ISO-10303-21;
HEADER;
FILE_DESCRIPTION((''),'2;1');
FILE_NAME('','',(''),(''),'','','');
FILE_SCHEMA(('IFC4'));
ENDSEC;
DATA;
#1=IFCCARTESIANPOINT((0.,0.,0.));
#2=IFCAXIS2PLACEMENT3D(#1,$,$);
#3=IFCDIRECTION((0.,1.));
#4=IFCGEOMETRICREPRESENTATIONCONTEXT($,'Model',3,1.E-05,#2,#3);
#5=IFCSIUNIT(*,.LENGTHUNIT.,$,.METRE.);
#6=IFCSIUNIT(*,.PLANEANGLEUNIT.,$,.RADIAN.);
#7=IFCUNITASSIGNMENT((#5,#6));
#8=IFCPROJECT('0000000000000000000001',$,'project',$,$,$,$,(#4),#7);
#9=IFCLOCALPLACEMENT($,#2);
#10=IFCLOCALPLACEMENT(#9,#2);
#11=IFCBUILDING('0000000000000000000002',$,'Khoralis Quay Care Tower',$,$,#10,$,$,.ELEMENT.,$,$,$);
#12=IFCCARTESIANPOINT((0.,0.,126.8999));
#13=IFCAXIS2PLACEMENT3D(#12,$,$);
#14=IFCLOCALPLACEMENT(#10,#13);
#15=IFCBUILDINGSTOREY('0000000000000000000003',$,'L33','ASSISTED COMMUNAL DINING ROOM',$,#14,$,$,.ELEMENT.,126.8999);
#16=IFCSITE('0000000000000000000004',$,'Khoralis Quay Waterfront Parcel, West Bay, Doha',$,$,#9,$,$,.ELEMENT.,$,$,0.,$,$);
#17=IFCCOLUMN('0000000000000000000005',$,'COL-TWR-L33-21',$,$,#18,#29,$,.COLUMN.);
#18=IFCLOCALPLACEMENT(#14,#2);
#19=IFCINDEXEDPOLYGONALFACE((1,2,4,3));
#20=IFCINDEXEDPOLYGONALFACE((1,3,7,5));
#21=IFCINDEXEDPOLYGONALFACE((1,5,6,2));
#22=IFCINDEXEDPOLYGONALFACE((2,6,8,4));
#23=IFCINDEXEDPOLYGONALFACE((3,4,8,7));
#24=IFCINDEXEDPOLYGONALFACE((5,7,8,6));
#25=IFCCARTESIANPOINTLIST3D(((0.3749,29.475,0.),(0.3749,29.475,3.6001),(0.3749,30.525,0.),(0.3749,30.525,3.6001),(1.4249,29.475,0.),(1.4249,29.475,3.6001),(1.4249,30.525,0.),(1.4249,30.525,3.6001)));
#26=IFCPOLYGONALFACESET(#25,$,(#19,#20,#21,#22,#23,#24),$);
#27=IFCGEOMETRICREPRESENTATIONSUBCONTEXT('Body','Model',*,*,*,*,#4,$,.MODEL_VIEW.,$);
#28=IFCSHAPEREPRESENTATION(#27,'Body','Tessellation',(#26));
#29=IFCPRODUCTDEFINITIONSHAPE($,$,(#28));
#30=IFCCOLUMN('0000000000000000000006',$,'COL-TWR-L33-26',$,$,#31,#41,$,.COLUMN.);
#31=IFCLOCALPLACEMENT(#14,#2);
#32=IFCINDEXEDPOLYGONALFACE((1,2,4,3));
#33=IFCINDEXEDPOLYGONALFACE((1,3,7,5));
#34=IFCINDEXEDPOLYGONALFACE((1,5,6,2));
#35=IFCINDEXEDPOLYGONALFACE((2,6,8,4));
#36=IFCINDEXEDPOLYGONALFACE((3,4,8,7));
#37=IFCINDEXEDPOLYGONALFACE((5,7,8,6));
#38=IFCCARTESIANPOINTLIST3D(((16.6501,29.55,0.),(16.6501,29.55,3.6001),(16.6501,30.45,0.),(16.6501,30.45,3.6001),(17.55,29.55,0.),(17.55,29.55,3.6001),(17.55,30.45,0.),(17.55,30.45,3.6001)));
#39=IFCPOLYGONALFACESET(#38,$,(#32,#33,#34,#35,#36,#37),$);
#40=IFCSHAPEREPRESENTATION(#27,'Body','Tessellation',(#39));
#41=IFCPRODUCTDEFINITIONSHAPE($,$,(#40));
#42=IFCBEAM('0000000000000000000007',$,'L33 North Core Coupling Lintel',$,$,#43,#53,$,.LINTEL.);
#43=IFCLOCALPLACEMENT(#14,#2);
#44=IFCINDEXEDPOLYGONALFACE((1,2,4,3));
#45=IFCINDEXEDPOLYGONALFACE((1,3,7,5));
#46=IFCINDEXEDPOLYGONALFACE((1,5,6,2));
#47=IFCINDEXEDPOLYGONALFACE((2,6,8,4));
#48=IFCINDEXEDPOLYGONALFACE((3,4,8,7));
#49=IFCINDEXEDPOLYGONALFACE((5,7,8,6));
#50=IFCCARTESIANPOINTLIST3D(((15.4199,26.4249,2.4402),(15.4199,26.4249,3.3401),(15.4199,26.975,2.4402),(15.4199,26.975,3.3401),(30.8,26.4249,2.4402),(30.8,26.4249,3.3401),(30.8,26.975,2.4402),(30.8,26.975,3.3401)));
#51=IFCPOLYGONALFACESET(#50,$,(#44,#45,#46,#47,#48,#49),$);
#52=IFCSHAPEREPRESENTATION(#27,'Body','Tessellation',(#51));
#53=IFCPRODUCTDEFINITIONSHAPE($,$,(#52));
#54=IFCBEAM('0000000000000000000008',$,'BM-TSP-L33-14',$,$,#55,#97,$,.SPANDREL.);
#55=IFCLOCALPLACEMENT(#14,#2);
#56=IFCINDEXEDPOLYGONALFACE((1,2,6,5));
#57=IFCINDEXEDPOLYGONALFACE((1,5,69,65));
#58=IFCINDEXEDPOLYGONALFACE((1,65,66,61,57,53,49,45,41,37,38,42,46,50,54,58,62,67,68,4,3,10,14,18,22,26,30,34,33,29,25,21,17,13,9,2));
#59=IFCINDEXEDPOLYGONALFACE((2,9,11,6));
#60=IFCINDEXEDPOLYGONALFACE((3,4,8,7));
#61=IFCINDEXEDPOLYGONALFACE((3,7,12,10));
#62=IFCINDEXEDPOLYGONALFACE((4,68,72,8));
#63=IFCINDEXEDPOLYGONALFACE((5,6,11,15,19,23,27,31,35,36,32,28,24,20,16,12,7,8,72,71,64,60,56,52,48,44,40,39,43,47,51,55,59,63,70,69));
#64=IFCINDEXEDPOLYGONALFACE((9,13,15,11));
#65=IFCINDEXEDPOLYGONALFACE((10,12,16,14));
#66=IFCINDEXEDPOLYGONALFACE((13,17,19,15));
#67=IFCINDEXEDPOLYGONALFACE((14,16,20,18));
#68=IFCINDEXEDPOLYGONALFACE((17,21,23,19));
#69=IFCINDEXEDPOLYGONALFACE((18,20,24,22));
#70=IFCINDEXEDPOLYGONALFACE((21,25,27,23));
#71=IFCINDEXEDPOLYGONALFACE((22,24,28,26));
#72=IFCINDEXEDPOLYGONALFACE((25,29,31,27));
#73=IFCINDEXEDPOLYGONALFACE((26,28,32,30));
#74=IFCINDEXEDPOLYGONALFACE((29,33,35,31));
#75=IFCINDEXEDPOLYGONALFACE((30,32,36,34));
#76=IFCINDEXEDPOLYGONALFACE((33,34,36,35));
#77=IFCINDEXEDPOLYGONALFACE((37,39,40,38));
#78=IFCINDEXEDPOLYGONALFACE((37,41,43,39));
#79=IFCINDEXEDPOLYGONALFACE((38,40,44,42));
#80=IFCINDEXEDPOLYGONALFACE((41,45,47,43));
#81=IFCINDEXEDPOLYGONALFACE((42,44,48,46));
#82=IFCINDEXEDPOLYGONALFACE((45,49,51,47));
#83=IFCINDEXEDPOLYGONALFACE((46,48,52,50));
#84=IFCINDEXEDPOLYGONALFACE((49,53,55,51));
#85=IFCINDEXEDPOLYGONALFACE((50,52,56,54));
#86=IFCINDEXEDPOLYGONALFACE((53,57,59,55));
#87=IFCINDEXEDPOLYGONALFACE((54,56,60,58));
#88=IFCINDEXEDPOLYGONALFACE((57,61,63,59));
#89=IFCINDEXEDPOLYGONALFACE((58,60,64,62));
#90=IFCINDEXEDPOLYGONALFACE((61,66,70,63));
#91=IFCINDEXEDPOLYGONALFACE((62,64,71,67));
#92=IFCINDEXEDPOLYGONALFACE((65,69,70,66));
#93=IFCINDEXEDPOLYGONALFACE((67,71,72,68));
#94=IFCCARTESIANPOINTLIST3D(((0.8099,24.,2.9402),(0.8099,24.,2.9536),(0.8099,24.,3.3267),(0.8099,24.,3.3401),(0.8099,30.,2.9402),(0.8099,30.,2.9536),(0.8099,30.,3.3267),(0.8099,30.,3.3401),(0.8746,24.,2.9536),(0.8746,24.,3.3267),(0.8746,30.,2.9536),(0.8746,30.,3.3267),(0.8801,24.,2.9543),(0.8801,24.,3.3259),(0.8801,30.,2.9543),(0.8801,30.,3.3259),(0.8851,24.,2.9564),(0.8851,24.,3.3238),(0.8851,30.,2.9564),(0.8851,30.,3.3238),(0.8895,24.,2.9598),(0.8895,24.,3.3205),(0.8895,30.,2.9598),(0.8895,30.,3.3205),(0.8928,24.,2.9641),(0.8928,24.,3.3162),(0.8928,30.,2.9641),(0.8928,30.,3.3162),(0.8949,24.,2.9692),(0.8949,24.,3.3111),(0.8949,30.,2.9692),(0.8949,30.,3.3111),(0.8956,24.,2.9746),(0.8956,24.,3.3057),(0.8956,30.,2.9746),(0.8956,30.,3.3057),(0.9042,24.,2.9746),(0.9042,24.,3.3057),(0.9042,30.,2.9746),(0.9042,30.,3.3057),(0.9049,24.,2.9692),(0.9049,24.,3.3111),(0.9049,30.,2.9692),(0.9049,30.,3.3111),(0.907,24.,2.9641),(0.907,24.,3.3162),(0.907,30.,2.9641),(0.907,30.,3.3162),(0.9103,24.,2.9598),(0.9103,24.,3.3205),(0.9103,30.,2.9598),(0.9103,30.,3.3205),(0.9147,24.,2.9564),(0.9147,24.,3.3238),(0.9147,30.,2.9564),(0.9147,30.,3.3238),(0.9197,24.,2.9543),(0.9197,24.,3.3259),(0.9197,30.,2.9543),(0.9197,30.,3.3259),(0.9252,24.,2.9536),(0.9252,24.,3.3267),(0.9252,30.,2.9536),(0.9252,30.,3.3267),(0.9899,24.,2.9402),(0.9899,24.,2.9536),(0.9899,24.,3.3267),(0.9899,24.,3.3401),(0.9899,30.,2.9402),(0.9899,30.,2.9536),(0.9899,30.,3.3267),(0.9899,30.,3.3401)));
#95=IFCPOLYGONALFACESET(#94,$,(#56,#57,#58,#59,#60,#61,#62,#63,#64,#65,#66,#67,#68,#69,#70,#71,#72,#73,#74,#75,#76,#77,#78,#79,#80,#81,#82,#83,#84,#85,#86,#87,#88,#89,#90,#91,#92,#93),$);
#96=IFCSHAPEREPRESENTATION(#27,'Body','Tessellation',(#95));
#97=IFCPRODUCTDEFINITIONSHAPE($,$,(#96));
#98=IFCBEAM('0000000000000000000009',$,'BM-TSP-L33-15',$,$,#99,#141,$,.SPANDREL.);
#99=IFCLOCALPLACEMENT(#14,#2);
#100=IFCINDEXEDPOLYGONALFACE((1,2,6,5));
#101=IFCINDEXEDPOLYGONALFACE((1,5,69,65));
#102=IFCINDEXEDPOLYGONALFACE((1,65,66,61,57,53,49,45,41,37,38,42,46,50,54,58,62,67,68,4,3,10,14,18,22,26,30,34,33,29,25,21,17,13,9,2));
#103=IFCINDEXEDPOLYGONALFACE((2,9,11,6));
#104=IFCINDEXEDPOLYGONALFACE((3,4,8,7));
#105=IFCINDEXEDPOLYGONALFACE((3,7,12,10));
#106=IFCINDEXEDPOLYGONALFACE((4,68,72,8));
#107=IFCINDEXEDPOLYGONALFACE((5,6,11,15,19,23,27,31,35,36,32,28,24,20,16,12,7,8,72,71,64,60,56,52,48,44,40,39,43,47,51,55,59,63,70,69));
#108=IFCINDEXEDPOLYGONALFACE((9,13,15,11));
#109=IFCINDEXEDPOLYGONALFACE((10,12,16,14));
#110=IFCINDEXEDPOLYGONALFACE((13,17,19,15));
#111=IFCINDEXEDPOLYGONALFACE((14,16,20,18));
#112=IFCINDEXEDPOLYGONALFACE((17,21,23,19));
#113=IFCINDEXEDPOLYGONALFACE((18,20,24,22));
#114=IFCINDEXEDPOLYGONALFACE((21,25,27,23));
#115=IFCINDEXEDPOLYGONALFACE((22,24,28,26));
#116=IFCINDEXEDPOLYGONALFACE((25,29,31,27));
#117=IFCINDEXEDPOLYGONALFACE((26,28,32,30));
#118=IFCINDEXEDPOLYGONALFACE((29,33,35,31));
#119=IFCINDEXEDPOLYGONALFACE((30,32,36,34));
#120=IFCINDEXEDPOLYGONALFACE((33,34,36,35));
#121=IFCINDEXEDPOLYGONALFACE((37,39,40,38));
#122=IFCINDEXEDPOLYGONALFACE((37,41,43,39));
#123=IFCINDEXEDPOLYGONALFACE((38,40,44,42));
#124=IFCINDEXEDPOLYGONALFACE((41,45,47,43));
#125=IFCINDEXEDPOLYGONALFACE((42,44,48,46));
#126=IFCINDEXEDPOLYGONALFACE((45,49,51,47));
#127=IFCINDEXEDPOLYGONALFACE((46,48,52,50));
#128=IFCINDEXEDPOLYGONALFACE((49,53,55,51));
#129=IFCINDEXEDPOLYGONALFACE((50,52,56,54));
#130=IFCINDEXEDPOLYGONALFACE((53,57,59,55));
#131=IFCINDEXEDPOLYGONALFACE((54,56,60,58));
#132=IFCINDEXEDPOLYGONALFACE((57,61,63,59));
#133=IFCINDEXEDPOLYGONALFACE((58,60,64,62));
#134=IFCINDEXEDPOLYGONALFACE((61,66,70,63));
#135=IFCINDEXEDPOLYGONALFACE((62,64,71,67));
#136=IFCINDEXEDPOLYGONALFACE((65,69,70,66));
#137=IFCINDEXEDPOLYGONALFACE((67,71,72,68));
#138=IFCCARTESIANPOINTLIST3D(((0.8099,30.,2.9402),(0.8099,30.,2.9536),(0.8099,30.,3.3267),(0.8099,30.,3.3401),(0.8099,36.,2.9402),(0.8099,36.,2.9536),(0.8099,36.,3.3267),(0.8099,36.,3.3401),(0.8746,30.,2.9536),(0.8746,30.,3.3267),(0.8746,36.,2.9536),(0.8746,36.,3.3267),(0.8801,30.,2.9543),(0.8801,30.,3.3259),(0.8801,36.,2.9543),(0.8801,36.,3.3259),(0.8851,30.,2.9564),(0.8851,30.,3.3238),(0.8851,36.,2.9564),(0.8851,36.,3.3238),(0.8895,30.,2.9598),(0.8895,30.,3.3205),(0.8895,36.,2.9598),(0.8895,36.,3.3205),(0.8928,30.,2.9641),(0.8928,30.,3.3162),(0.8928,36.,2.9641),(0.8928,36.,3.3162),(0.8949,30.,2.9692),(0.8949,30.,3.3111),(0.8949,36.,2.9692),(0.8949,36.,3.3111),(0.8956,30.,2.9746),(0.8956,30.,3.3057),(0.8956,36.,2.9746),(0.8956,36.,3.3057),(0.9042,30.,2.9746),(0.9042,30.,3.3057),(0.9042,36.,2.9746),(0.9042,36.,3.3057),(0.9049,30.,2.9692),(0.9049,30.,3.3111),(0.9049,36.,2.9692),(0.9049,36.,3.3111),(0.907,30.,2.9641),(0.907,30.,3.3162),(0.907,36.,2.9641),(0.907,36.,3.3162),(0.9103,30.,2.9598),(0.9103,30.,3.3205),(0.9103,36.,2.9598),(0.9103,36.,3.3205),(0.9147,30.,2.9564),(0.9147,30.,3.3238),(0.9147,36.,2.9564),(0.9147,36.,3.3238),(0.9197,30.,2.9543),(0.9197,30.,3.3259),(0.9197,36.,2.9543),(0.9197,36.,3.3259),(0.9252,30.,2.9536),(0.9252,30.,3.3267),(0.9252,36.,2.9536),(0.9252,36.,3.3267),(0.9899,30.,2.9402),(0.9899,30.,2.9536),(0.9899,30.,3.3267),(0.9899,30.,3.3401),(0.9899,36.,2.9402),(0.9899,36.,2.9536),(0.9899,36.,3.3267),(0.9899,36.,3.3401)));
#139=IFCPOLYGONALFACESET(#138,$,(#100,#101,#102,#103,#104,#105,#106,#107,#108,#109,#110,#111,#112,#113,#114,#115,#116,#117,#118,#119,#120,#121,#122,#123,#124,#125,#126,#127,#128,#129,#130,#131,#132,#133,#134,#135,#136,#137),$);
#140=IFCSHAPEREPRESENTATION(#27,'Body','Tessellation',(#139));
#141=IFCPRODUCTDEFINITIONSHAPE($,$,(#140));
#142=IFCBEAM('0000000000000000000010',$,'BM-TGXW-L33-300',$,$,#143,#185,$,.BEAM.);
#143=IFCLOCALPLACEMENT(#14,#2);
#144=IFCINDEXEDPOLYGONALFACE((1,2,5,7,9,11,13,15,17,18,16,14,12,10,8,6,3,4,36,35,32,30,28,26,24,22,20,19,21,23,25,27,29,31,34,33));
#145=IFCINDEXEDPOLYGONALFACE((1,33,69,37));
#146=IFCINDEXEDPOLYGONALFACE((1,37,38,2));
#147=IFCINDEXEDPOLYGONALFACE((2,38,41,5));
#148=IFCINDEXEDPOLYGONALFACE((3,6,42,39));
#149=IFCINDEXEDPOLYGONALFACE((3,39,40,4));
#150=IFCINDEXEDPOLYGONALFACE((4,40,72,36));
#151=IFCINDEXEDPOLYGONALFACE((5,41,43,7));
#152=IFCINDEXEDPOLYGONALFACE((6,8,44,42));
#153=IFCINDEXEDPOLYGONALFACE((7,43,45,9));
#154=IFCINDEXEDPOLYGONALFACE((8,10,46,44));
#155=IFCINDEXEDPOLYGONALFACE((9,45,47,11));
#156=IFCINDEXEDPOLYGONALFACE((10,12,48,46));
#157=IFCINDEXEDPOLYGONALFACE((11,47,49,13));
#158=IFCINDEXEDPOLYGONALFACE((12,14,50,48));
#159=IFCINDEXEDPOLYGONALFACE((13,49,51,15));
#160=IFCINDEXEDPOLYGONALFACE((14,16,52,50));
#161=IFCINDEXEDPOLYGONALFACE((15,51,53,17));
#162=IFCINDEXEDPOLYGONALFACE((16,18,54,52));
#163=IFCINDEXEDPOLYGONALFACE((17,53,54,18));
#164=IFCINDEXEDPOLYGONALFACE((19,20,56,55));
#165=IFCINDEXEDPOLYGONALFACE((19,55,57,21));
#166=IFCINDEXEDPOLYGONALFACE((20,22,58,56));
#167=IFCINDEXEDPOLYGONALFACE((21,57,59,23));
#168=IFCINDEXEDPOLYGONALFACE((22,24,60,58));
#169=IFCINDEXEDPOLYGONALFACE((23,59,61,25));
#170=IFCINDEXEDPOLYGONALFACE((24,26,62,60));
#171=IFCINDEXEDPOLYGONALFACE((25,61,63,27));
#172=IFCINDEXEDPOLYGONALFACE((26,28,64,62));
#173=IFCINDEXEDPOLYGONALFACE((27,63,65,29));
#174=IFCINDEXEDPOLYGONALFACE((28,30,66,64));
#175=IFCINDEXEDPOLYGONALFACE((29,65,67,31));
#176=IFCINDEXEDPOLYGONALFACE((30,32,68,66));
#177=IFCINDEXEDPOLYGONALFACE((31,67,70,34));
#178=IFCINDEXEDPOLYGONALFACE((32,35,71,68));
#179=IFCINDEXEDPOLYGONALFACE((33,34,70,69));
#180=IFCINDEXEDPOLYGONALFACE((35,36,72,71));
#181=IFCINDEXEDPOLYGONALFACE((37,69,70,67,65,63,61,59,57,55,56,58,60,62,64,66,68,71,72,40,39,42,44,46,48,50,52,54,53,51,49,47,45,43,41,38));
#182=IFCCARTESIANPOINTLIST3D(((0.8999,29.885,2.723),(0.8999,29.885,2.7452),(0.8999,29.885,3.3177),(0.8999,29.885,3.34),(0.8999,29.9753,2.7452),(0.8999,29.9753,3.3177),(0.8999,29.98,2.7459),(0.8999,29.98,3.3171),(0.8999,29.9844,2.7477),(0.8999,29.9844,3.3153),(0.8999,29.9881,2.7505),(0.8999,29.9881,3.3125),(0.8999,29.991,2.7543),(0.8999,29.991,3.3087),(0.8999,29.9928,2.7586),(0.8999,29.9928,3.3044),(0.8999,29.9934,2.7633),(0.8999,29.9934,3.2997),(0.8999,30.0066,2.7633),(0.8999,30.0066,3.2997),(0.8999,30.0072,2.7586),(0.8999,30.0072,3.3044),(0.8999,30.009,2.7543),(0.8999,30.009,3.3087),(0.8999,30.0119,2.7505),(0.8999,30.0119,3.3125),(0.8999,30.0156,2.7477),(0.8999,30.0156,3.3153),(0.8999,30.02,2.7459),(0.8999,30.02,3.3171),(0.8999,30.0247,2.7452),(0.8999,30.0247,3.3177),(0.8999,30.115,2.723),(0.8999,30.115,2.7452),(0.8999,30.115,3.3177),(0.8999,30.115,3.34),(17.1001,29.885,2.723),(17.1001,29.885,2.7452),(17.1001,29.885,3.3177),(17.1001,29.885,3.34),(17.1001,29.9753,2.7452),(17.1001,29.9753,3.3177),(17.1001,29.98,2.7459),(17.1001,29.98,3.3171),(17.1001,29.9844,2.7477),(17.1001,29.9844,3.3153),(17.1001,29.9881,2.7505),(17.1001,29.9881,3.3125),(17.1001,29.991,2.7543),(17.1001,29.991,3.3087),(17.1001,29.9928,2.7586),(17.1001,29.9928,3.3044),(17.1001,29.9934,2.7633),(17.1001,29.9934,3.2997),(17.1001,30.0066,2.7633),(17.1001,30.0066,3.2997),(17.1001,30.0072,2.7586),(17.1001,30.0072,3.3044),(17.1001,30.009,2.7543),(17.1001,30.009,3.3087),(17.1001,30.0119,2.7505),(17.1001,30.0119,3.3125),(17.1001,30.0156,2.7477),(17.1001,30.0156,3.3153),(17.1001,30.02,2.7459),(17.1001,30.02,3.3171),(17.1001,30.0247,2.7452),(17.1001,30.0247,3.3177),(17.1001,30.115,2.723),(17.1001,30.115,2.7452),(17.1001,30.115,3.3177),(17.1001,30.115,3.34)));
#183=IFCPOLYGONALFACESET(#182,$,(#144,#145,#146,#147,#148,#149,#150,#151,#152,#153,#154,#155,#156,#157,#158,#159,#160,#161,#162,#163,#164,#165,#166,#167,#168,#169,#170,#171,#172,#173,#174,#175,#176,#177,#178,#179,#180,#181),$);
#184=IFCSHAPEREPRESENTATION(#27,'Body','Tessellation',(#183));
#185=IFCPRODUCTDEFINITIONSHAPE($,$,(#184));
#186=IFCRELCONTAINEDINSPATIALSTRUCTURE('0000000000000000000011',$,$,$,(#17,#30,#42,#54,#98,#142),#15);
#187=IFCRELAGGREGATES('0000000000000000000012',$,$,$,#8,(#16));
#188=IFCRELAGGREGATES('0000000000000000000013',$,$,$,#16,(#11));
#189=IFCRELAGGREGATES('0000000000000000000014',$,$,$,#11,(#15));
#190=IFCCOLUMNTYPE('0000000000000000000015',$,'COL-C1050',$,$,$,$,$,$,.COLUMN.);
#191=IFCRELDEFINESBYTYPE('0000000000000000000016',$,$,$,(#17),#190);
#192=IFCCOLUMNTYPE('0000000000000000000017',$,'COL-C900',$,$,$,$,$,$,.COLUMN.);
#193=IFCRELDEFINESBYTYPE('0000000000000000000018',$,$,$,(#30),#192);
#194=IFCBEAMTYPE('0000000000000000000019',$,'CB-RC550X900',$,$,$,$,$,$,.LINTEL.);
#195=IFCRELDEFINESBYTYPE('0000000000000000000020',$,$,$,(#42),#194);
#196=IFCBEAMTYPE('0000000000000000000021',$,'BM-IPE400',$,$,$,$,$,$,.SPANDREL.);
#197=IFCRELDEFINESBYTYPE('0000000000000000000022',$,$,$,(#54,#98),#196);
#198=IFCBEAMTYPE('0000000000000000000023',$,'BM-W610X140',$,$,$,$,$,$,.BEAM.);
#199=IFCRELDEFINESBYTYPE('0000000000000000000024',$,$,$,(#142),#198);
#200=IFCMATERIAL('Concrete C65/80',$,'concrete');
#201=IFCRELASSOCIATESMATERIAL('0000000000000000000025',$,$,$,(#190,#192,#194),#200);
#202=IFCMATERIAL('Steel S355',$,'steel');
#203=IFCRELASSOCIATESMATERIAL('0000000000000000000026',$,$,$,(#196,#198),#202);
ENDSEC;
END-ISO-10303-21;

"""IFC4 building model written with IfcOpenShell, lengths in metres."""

from ifc_helpers import new_model, si_unit, direction, frame, origin, origin_2d, place, context, subcontext, project, spatial, rectangle, i_section, extrude, source, transform, mapped, material, material_profile, profile_set, type_object, element, save


model = new_model("IFC4")

# Units and contexts
model_context = context("Model", 3, precision=1e-05, world=origin(), true_north=direction((0.0, 1.0)))
body_context = subcontext(model_context, "Body", "Model", "MODEL_VIEW")
ifc_project = project(units=[si_unit("LENGTHUNIT", "METRE"), si_unit("PLANEANGLEUNIT", "RADIAN")], contexts=[model_context])

# Site, building, storey
site_placement = place(None, origin())
site = spatial("IfcSite", under=ifc_project, at=site_placement, Name="Khoralis Quay Waterfront Parcel, West Bay, Doha", CompositionType="ELEMENT", RefElevation=0.0)
building_placement = place(site_placement, origin())
building = spatial("IfcBuilding", under=site, at=building_placement, Name="Khoralis Quay Care Tower", CompositionType="ELEMENT")
storey_placement = place(building_placement, frame((0.0, 0.0, 126.8999)))
storey = spatial("IfcBuildingStorey", under=building, at=storey_placement, Name="L33", Description="ASSISTED COMMUNAL DINING ROOM", CompositionType="ELEMENT", Elevation=126.8999)

# Columns
ifc_material_1 = material(Name="Concrete C65/80", Category="concrete")
ifc_material_profile_1 = material_profile(ifc_material_1, rectangle(XDim=1.05, YDim=1.05, at=origin_2d()), Name="Concrete C65/80")
ifc_profile_set_1 = profile_set([ifc_material_profile_1], Name="Concrete C65/80")
column_type_1 = type_object("IfcColumnType", Name="COL-C1050", PredefinedType="COLUMN", material=ifc_profile_set_1)
shared_shape_1 = source(origin(), body_context, "Body", "SweptSolid", [
    extrude(rectangle(XDim=1.05, YDim=1.05, at=origin_2d()), origin(), (0.0, 0.0, 1.0), 3.6001),
])
column_1_placement = place(storey_placement, frame((0.8999, 30.0, 0.0), z_axis=(0.0, 0.0, 1.0), x_axis=(1.0, 0.0, 0.0)))
element("IfcColumn", 1, at=column_1_placement, inside=storey, type_object=column_type_1, Name="COL-TWR-L33-21", PredefinedType="COLUMN", context=body_context, shape_type="MappedRepresentation", body=[
    mapped(shared_shape_1, transform((0.0, 0.0, 0.0), scale=1.0)),
])
ifc_material_profile_2 = material_profile(ifc_material_1, rectangle(XDim=0.8999, YDim=0.8999, at=origin_2d()), Name="Concrete C65/80")
ifc_profile_set_2 = profile_set([ifc_material_profile_2], Name="Concrete C65/80")
column_type_2 = type_object("IfcColumnType", Name="COL-C900", PredefinedType="COLUMN", material=ifc_profile_set_2)
shared_shape_2 = source(origin(), body_context, "Body", "SweptSolid", [
    extrude(rectangle(XDim=0.8999, YDim=0.8999, at=origin_2d()), origin(), (0.0, 0.0, 1.0), 3.6001),
])
column_2_placement = place(storey_placement, frame((17.1001, 30.0, 0.0), z_axis=(0.0, 0.0, 1.0), x_axis=(1.0, 0.0, 0.0)))
element("IfcColumn", 2, at=column_2_placement, inside=storey, type_object=column_type_2, Name="COL-TWR-L33-26", PredefinedType="COLUMN", context=body_context, shape_type="MappedRepresentation", body=[
    mapped(shared_shape_2, transform((0.0, 0.0, 0.0), scale=1.0)),
])

# Beams
ifc_material_profile_3 = material_profile(ifc_material_1, rectangle(XDim=0.55, YDim=0.8999, at=origin_2d()), Name="Concrete C65/80")
ifc_profile_set_3 = profile_set([ifc_material_profile_3], Name="Concrete C65/80")
beam_type_1 = type_object("IfcBeamType", Name="CB-RC550X900", PredefinedType="LINTEL", material=ifc_profile_set_3)
shared_shape_3 = source(origin(), body_context, "Body", "SweptSolid", [
    extrude(rectangle(XDim=0.55, YDim=0.8999, at=origin_2d()), origin(), (0.0, 0.0, 1.0), 15.3801),
])
beam_1_placement = place(storey_placement, frame((15.4199, 26.7, 2.8901), z_axis=(1.0, 0.0, 0.0), x_axis=(0.0, 1.0, 0.0)))
element("IfcBeam", 3, at=beam_1_placement, inside=storey, type_object=beam_type_1, Name="L33 North Core Coupling Lintel", PredefinedType="LINTEL", context=body_context, shape_type="MappedRepresentation", body=[
    mapped(shared_shape_3, transform((0.0, 0.0, 0.0), scale=1.0)),
])
ifc_material_2 = material(Name="Steel S355", Category="steel")
ifc_material_profile_4 = material_profile(ifc_material_2, i_section(OverallWidth=0.1799, OverallDepth=0.3999, WebThickness=0.0085, FlangeThickness=0.0134, FilletRadius=0.021, at=origin_2d()), Name="Steel S355")
ifc_profile_set_4 = profile_set([ifc_material_profile_4], Name="Steel S355")
beam_type_2 = type_object("IfcBeamType", Name="BM-IPE400", PredefinedType="SPANDREL", material=ifc_profile_set_4)
shared_shape_4 = source(origin(), body_context, "Body", "SweptSolid", [
    extrude(i_section(OverallWidth=0.1799, OverallDepth=0.3999, WebThickness=0.0085, FlangeThickness=0.0134, FilletRadius=0.021, at=origin_2d()), origin(), (0.0, 0.0, 1.0), 6.0),
])
for number, where, z_axis, x_axis, name in (
    (4, (0.8999, 24.0, 3.1401), (0.0, 1.0, 0.0), (-1.0, 0.0, 0.0), "BM-TSP-L33-14"),
    (5, (0.8999, 30.0, 3.1401), (0.0, 1.0, 0.0), (-1.0, 0.0, 0.0), "BM-TSP-L33-15"),
):
    element("IfcBeam", number, at=place(storey_placement, frame(where, z_axis=z_axis, x_axis=x_axis)), inside=storey, type_object=beam_type_2, Name=name, PredefinedType="SPANDREL", context=body_context, shape_type="MappedRepresentation", body=[
        mapped(shared_shape_4, transform((0.0, 0.0, 0.0), scale=1.0)),
    ])
ifc_material_profile_5 = material_profile(ifc_material_2, i_section(OverallWidth=0.23, OverallDepth=0.6169, WebThickness=0.0132, FlangeThickness=0.0222, FilletRadius=0.0181, at=origin_2d()), Name="Steel S355")
ifc_profile_set_5 = profile_set([ifc_material_profile_5], Name="Steel S355")
beam_type_3 = type_object("IfcBeamType", Name="BM-W610X140", PredefinedType="BEAM", material=ifc_profile_set_5)
shared_shape_5 = source(origin(), body_context, "Body", "SweptSolid", [
    extrude(i_section(OverallWidth=0.23, OverallDepth=0.6169, WebThickness=0.0132, FlangeThickness=0.0222, FilletRadius=0.0181, at=origin_2d()), origin(), (0.0, 0.0, 1.0), 16.2002),
])
beam_2_placement = place(storey_placement, frame((0.8999, 30.0, 3.0315), z_axis=(1.0, 0.0, 0.0), x_axis=(0.0, 1.0, 0.0)))
element("IfcBeam", 6, at=beam_2_placement, inside=storey, type_object=beam_type_3, Name="BM-TGXW-L33-300", PredefinedType="BEAM", context=body_context, shape_type="MappedRepresentation", body=[
    mapped(shared_shape_5, transform((0.0, 0.0, 0.0), scale=1.0)),
])

save(model, "model.ifc")
